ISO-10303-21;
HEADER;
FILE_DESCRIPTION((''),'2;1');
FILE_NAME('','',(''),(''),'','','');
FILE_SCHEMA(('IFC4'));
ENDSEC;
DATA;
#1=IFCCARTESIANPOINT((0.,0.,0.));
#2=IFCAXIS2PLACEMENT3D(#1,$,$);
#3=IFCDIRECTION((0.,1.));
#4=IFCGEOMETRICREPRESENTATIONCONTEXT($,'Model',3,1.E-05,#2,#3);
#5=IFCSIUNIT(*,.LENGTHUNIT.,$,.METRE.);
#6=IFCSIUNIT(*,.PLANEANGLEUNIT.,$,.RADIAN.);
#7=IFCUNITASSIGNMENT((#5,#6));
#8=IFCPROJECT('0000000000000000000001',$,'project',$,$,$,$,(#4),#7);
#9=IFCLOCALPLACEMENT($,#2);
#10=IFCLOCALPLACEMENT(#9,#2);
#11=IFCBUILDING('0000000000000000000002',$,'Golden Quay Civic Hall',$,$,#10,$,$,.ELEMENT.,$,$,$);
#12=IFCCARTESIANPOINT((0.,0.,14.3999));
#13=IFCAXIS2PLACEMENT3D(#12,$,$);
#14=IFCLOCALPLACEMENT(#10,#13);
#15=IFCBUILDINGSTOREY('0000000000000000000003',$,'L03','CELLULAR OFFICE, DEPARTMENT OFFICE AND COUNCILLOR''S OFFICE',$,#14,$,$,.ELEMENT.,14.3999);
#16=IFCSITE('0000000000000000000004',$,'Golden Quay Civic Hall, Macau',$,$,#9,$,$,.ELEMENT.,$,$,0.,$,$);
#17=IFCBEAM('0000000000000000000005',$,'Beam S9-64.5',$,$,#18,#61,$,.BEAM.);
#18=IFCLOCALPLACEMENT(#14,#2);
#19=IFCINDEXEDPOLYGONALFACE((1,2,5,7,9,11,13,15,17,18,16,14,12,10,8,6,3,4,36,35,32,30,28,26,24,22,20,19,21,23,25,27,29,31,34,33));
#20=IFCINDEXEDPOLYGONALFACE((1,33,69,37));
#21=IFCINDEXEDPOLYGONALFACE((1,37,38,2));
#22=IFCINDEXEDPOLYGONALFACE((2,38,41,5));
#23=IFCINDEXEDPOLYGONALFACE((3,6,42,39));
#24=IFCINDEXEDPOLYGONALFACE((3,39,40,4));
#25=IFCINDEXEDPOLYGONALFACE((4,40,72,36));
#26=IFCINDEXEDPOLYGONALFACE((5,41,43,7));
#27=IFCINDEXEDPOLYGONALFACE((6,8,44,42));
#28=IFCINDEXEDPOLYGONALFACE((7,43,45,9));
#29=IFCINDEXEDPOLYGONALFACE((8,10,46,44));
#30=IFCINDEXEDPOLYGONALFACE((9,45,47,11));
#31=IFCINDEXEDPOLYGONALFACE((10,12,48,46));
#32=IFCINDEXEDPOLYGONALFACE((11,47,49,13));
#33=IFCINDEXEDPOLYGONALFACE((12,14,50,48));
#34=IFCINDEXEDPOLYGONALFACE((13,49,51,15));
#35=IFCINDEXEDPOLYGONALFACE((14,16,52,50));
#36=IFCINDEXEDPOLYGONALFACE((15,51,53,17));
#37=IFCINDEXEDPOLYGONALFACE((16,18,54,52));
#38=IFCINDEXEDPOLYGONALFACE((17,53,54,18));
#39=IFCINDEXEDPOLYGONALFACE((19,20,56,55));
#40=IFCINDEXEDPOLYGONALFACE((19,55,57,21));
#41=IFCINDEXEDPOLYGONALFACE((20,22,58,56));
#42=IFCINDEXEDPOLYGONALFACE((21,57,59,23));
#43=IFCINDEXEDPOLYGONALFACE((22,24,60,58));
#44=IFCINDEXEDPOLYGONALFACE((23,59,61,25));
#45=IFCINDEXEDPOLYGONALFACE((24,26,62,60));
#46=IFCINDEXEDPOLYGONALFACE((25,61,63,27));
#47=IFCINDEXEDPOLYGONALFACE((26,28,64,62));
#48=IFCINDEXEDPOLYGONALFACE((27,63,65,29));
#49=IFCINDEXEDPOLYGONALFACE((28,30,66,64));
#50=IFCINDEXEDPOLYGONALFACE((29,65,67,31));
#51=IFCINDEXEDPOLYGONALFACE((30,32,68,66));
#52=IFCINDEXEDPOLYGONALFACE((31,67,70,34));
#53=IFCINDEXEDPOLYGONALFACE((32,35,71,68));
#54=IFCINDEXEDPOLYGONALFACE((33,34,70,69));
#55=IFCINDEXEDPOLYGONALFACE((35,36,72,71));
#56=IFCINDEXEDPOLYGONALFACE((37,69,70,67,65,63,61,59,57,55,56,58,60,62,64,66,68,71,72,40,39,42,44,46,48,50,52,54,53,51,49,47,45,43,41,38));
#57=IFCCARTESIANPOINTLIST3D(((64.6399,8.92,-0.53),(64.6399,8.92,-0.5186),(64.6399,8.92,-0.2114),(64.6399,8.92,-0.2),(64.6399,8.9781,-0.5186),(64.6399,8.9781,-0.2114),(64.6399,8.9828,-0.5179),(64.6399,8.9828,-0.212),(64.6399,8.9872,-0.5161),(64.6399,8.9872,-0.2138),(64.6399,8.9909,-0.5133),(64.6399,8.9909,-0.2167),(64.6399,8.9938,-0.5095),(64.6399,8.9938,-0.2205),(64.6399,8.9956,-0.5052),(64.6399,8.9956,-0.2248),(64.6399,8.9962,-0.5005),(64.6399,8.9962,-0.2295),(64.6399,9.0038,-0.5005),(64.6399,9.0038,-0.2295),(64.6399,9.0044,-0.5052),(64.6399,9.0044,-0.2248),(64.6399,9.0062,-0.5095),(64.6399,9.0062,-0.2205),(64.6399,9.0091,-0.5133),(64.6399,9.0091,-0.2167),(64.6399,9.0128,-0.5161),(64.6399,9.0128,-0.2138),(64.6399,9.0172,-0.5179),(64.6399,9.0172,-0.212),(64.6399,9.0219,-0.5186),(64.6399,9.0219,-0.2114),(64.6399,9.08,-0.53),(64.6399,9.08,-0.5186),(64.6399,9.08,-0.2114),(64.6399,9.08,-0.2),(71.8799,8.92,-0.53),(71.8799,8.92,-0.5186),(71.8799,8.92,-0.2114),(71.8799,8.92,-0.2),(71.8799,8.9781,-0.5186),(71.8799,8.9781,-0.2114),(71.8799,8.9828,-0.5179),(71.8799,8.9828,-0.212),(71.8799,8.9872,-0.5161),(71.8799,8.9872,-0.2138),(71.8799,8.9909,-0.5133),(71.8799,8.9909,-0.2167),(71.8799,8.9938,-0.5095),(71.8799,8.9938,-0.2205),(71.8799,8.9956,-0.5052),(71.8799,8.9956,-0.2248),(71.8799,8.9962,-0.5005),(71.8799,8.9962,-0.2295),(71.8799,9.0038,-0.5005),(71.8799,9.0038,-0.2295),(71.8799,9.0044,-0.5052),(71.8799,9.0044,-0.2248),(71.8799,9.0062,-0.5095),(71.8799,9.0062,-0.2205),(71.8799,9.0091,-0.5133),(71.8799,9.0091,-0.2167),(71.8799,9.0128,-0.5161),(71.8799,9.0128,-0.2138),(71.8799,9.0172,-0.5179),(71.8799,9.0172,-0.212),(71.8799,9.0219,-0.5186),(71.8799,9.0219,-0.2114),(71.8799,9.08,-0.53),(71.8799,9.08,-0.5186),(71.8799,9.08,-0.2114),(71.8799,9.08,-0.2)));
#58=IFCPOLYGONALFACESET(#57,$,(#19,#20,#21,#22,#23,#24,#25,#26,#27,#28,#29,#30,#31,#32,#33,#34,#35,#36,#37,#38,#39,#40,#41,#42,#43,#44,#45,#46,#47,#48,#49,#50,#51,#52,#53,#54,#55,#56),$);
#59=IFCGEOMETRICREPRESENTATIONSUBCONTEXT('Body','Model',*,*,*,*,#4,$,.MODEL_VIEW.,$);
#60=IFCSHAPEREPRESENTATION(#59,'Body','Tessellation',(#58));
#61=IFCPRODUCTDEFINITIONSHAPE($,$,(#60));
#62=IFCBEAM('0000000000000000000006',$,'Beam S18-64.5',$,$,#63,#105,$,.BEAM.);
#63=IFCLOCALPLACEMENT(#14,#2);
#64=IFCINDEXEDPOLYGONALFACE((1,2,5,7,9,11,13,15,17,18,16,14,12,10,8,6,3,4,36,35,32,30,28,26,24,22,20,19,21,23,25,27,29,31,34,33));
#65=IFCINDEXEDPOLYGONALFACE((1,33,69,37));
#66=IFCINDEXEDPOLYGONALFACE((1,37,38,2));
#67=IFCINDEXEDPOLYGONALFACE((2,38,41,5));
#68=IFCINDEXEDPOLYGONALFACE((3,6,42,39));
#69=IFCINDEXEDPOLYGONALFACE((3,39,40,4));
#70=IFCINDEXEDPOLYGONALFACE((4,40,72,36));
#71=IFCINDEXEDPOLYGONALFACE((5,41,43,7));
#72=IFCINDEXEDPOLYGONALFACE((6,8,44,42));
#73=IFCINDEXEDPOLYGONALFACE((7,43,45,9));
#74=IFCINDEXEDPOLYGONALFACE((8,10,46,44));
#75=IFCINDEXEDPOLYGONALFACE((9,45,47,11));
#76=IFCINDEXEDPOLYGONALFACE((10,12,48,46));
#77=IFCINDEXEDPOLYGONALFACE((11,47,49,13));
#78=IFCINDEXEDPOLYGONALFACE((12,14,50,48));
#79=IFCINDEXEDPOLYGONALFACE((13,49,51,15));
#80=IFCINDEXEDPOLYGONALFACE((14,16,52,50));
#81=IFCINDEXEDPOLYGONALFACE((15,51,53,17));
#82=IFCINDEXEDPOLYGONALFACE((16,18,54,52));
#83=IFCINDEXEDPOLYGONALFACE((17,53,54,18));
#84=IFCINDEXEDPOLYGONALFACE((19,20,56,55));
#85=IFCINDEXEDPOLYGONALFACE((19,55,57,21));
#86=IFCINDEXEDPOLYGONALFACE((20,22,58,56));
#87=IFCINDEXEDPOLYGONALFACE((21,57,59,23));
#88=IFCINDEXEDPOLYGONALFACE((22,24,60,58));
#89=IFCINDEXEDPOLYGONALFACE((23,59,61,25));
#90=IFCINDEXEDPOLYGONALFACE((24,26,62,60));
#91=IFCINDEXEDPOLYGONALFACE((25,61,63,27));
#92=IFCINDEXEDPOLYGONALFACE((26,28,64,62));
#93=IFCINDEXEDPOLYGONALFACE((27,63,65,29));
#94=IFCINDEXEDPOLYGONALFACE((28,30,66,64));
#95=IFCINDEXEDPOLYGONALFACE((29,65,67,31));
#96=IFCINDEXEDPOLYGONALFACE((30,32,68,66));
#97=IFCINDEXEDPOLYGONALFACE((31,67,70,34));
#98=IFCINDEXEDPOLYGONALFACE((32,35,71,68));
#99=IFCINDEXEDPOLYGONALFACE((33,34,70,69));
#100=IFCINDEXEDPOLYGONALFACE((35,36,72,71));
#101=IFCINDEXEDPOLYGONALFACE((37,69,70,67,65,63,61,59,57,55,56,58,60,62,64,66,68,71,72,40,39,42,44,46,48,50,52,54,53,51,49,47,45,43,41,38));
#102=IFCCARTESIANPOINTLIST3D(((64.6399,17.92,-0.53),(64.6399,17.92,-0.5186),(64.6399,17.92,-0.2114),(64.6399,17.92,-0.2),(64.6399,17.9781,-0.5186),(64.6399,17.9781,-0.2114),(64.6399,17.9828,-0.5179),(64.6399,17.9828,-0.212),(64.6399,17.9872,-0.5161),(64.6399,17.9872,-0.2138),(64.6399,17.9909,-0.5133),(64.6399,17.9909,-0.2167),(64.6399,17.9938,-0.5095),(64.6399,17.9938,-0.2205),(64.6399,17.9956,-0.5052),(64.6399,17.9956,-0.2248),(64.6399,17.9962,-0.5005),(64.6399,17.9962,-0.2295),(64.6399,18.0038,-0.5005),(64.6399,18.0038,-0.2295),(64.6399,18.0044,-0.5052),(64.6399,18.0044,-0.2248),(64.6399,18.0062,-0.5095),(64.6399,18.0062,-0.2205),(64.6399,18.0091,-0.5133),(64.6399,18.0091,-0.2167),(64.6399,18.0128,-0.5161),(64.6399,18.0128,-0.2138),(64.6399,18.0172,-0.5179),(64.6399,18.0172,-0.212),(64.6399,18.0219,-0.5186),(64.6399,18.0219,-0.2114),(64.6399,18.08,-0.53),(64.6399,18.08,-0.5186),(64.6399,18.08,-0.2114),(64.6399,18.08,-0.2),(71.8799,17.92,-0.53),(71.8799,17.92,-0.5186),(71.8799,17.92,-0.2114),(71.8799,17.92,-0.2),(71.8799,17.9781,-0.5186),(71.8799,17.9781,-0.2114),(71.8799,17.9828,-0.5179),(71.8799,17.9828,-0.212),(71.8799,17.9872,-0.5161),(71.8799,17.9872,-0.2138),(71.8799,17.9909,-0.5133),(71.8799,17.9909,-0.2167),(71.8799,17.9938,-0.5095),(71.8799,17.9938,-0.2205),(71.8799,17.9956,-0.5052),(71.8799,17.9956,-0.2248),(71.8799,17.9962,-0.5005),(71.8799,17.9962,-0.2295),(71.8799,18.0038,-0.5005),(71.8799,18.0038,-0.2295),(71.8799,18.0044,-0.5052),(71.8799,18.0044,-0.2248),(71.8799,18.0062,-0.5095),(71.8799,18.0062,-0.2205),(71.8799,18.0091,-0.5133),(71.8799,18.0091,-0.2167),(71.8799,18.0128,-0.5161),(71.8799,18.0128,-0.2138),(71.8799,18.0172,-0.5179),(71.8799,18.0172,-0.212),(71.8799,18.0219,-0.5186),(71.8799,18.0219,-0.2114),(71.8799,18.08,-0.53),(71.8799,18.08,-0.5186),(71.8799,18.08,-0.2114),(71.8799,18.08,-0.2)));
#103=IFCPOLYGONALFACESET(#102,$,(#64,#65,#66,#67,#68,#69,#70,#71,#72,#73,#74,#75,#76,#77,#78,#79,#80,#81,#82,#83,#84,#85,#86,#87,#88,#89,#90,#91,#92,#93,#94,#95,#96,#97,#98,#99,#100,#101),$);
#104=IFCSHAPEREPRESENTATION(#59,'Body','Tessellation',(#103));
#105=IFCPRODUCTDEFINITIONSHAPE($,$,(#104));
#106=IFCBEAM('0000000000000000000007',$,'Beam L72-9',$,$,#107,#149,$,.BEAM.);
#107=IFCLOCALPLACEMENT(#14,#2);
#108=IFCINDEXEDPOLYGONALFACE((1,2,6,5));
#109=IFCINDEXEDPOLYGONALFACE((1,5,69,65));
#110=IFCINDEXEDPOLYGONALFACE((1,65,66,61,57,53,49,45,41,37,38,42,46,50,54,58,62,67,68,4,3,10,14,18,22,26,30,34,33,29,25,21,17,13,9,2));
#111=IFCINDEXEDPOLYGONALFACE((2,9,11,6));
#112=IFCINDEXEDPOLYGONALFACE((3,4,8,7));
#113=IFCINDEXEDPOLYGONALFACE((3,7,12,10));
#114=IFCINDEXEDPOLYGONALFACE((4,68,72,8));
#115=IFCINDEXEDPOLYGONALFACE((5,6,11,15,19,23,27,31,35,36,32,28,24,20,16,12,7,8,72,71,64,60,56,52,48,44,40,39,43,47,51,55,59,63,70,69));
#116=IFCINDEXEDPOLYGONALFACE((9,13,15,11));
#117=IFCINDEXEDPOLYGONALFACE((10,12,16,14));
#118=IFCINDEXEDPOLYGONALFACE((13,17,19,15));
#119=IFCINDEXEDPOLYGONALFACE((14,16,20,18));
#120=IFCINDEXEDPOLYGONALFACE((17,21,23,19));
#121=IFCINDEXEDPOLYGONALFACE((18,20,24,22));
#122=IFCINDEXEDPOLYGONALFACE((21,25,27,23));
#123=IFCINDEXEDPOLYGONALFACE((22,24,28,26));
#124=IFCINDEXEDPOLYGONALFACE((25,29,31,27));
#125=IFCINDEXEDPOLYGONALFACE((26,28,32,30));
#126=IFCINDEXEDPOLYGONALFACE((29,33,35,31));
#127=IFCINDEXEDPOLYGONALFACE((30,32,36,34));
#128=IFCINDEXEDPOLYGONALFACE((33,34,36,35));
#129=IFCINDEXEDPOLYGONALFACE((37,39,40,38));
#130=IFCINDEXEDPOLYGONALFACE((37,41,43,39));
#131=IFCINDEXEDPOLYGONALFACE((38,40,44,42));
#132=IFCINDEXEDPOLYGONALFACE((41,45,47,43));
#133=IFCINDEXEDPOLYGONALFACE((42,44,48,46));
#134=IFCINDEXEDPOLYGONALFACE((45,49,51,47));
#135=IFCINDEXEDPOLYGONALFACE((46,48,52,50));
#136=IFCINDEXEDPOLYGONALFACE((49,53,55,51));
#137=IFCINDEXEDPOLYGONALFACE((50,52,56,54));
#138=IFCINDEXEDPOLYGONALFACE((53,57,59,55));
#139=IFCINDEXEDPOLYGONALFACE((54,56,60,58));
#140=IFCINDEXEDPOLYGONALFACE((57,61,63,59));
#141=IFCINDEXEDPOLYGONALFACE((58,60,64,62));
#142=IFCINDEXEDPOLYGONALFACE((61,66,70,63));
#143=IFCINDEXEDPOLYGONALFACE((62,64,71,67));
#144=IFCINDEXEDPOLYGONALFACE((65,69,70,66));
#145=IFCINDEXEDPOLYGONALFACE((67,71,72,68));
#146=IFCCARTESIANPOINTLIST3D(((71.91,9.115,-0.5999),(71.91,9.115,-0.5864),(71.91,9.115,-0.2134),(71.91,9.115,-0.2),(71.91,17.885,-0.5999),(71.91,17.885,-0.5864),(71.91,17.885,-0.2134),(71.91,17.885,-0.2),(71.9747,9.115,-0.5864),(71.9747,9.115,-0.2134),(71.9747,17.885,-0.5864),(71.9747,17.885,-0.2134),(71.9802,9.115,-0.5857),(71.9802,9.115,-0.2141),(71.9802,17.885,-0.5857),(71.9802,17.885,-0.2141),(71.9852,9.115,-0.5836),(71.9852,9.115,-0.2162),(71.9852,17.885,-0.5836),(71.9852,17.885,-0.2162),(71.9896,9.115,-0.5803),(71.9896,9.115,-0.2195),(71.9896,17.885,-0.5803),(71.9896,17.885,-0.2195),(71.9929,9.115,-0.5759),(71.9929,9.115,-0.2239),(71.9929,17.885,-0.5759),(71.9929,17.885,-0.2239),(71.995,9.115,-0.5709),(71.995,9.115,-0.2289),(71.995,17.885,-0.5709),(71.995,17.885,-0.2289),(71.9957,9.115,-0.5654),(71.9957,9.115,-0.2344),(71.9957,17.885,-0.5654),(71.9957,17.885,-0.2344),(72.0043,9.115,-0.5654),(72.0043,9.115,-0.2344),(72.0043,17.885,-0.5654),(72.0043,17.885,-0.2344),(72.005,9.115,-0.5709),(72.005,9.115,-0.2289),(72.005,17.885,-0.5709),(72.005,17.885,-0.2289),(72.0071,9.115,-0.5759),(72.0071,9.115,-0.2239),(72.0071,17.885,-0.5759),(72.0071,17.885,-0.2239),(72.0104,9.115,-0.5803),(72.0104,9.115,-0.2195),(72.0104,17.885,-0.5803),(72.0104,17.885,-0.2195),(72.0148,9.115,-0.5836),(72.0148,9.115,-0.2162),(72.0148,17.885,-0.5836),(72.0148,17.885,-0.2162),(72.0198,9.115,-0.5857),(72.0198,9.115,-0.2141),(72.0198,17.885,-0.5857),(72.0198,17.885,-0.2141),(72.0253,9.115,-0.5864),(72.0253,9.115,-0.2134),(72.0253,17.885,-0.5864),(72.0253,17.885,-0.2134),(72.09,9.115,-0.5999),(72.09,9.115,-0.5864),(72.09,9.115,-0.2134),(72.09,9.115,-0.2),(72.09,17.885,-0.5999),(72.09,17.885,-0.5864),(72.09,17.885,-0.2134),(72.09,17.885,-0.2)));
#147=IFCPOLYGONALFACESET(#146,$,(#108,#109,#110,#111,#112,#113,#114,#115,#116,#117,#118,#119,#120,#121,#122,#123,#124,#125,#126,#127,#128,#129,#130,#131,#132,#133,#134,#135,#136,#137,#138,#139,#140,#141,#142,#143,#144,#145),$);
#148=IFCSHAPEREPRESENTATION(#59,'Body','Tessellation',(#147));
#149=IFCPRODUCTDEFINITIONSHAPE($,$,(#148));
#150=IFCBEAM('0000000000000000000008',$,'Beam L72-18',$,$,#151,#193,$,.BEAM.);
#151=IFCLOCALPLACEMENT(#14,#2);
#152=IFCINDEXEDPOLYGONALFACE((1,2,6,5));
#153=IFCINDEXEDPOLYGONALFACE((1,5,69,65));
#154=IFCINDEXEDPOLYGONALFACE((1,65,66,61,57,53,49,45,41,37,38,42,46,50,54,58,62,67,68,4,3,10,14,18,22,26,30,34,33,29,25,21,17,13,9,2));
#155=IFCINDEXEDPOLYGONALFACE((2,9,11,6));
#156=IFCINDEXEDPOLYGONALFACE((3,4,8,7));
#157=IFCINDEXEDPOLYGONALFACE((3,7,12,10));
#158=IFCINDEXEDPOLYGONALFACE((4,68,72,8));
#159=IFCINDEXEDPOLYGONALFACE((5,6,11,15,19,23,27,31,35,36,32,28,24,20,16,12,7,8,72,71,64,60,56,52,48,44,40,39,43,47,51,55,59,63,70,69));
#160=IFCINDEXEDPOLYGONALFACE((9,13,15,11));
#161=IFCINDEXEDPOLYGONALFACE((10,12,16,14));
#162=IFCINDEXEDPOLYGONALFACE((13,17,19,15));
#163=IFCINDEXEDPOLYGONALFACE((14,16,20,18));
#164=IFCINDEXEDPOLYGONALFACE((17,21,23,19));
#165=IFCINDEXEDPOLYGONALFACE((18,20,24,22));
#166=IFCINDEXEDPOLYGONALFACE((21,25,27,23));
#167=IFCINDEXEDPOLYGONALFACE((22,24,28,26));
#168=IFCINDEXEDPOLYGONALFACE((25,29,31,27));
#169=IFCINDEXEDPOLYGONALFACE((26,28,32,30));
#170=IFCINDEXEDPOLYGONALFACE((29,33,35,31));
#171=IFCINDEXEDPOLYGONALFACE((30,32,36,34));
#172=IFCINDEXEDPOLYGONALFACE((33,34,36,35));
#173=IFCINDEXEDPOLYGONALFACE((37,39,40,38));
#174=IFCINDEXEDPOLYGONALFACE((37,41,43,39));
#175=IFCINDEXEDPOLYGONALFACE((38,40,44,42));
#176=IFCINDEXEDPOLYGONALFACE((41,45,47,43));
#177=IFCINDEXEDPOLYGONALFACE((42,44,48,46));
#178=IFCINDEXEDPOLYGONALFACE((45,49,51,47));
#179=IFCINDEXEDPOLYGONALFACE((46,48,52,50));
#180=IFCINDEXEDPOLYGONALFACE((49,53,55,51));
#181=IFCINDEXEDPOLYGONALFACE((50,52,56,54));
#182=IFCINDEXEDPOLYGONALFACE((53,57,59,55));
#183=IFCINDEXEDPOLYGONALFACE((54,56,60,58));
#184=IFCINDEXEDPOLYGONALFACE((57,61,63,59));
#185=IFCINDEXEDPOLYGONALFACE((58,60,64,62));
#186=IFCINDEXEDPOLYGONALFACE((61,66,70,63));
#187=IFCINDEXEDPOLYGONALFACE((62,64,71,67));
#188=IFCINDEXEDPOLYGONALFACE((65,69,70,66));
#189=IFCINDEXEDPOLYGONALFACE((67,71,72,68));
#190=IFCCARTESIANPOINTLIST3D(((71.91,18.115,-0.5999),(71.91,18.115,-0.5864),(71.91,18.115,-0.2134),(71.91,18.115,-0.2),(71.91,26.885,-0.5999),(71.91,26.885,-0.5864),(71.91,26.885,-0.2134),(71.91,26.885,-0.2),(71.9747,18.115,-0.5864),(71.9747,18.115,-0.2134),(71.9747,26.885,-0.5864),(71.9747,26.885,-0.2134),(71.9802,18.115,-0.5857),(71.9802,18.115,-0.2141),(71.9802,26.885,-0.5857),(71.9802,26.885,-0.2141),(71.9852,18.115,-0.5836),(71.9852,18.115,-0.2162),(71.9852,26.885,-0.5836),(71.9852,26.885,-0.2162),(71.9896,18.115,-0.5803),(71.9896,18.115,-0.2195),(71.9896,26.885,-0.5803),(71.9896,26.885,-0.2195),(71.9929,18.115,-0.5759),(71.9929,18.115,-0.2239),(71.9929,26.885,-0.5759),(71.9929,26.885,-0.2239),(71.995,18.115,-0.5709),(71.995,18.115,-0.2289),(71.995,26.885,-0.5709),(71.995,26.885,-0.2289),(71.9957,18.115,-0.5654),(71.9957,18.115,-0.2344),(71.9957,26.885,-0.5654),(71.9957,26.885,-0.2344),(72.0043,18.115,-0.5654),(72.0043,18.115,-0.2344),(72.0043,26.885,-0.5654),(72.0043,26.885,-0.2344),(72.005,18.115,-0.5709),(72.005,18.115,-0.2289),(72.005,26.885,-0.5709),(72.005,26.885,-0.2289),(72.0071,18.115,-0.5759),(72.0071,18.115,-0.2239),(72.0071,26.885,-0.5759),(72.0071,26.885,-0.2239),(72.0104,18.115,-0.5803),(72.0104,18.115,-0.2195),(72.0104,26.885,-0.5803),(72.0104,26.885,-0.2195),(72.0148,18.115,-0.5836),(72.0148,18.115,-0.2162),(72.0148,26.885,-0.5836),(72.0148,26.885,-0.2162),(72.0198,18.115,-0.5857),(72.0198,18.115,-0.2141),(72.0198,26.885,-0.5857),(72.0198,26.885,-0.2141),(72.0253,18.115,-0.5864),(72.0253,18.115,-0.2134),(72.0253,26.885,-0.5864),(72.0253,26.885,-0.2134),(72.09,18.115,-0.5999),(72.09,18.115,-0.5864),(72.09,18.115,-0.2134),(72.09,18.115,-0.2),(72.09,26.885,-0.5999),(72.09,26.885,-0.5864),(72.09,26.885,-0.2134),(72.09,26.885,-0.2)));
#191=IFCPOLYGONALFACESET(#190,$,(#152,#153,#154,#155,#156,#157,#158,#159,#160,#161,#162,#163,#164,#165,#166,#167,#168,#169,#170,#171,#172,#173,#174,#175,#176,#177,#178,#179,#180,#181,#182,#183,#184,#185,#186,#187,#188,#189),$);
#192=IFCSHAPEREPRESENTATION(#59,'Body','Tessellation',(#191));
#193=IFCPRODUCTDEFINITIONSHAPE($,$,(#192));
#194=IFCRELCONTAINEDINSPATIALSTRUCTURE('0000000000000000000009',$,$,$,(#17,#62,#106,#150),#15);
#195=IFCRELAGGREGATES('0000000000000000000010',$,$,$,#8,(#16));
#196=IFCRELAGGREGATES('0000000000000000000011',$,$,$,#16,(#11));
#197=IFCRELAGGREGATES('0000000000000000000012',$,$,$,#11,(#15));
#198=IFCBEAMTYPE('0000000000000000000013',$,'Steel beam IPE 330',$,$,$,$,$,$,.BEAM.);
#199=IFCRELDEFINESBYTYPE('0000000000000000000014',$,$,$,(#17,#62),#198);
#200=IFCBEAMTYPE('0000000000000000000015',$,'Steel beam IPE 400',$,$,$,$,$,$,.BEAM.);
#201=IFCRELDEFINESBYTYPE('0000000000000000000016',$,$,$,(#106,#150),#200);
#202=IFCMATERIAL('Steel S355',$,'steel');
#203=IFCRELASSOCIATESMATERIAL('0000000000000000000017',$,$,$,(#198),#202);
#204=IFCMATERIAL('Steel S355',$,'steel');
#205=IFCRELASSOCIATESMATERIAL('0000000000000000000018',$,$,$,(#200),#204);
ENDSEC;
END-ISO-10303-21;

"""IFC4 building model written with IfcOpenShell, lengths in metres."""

from ifc_helpers import new_model, si_unit, direction, frame, origin, origin_2d, place, context, subcontext, project, spatial, i_section, extrude, material, material_profile, profile_set, type_object, element, save


model = new_model("IFC4")

# Units and contexts
model_context = context("Model", 3, precision=1e-05, world=origin(), true_north=direction((0.0, 1.0)))
body_context = subcontext(model_context, "Body", "Model", "MODEL_VIEW")
ifc_project = project(units=[si_unit("LENGTHUNIT", "METRE"), si_unit("PLANEANGLEUNIT", "RADIAN")], contexts=[model_context])

# Site, building, storey
site_placement = place(None, origin())
site = spatial("IfcSite", under=ifc_project, at=site_placement, Name="Golden Quay Civic Hall, Macau", CompositionType="ELEMENT", RefElevation=0.0)
building_placement = place(site_placement, origin())
building = spatial("IfcBuilding", under=site, at=building_placement, Name="Golden Quay Civic Hall", CompositionType="ELEMENT")
storey_placement = place(building_placement, frame((0.0, 0.0, 14.3999)))
storey = spatial("IfcBuildingStorey", under=building, at=storey_placement, Name="L03", Description="CELLULAR OFFICE, DEPARTMENT OFFICE AND COUNCILLOR'S OFFICE", CompositionType="ELEMENT", Elevation=14.3999)

# Beams
ifc_material_1 = material(Name="Steel S355", Category="steel")
ifc_material_profile_1 = material_profile(ifc_material_1, i_section(OverallWidth=0.1599, OverallDepth=0.3301, WebThickness=0.0076, FlangeThickness=0.0115, FilletRadius=0.0181, at=origin_2d()), Name="IPE 330")
ifc_profile_set_1 = profile_set([ifc_material_profile_1], Name="Steel S355")
beam_type_1 = type_object("IfcBeamType", Name="Steel beam IPE 330", PredefinedType="BEAM", material=ifc_profile_set_1)
for number, where, z_axis, x_axis, name in (
    (1, (64.6399, 9.0, -0.365), (1.0, 0.0, 0.0), (0.0, 1.0, 0.0), "Beam S9-64.5"),
    (2, (64.6399, 18.0, -0.365), (1.0, 0.0, 0.0), (0.0, 1.0, 0.0), "Beam S18-64.5"),
):
    element("IfcBeam", number, at=place(storey_placement, frame(where, z_axis=z_axis, x_axis=x_axis)), inside=storey, type_object=beam_type_1, Name=name, PredefinedType="BEAM", context=body_context, shape_type="SweptSolid", body=[
        extrude(i_section(OverallWidth=0.1599, OverallDepth=0.3301, WebThickness=0.0076, FlangeThickness=0.0115, FilletRadius=0.0181, at=origin_2d()), origin(), (0.0, 0.0, 1.0), 7.24),
    ])
ifc_material_2 = material(Name="Steel S355", Category="steel")
ifc_material_profile_2 = material_profile(ifc_material_2, i_section(OverallWidth=0.1799, OverallDepth=0.3999, WebThickness=0.0085, FlangeThickness=0.0134, FilletRadius=0.021, at=origin_2d()), Name="IPE 400")
ifc_profile_set_2 = profile_set([ifc_material_profile_2], Name="Steel S355")
beam_type_2 = type_object("IfcBeamType", Name="Steel beam IPE 400", PredefinedType="BEAM", material=ifc_profile_set_2)
for number, where, z_axis, x_axis, name in (
    (3, (72.0, 9.115, -0.3999), (0.0, 1.0, 0.0), (-1.0, 0.0, 0.0), "Beam L72-9"),
    (4, (72.0, 18.115, -0.3999), (0.0, 1.0, 0.0), (-1.0, 0.0, 0.0), "Beam L72-18"),
):
    element("IfcBeam", number, at=place(storey_placement, frame(where, z_axis=z_axis, x_axis=x_axis)), inside=storey, type_object=beam_type_2, Name=name, PredefinedType="BEAM", context=body_context, shape_type="SweptSolid", body=[
        extrude(i_section(OverallWidth=0.1799, OverallDepth=0.3999, WebThickness=0.0085, FlangeThickness=0.0134, FilletRadius=0.021, at=origin_2d()), origin(), (0.0, 0.0, 1.0), 8.77),
    ])

save(model, "model.ifc")
